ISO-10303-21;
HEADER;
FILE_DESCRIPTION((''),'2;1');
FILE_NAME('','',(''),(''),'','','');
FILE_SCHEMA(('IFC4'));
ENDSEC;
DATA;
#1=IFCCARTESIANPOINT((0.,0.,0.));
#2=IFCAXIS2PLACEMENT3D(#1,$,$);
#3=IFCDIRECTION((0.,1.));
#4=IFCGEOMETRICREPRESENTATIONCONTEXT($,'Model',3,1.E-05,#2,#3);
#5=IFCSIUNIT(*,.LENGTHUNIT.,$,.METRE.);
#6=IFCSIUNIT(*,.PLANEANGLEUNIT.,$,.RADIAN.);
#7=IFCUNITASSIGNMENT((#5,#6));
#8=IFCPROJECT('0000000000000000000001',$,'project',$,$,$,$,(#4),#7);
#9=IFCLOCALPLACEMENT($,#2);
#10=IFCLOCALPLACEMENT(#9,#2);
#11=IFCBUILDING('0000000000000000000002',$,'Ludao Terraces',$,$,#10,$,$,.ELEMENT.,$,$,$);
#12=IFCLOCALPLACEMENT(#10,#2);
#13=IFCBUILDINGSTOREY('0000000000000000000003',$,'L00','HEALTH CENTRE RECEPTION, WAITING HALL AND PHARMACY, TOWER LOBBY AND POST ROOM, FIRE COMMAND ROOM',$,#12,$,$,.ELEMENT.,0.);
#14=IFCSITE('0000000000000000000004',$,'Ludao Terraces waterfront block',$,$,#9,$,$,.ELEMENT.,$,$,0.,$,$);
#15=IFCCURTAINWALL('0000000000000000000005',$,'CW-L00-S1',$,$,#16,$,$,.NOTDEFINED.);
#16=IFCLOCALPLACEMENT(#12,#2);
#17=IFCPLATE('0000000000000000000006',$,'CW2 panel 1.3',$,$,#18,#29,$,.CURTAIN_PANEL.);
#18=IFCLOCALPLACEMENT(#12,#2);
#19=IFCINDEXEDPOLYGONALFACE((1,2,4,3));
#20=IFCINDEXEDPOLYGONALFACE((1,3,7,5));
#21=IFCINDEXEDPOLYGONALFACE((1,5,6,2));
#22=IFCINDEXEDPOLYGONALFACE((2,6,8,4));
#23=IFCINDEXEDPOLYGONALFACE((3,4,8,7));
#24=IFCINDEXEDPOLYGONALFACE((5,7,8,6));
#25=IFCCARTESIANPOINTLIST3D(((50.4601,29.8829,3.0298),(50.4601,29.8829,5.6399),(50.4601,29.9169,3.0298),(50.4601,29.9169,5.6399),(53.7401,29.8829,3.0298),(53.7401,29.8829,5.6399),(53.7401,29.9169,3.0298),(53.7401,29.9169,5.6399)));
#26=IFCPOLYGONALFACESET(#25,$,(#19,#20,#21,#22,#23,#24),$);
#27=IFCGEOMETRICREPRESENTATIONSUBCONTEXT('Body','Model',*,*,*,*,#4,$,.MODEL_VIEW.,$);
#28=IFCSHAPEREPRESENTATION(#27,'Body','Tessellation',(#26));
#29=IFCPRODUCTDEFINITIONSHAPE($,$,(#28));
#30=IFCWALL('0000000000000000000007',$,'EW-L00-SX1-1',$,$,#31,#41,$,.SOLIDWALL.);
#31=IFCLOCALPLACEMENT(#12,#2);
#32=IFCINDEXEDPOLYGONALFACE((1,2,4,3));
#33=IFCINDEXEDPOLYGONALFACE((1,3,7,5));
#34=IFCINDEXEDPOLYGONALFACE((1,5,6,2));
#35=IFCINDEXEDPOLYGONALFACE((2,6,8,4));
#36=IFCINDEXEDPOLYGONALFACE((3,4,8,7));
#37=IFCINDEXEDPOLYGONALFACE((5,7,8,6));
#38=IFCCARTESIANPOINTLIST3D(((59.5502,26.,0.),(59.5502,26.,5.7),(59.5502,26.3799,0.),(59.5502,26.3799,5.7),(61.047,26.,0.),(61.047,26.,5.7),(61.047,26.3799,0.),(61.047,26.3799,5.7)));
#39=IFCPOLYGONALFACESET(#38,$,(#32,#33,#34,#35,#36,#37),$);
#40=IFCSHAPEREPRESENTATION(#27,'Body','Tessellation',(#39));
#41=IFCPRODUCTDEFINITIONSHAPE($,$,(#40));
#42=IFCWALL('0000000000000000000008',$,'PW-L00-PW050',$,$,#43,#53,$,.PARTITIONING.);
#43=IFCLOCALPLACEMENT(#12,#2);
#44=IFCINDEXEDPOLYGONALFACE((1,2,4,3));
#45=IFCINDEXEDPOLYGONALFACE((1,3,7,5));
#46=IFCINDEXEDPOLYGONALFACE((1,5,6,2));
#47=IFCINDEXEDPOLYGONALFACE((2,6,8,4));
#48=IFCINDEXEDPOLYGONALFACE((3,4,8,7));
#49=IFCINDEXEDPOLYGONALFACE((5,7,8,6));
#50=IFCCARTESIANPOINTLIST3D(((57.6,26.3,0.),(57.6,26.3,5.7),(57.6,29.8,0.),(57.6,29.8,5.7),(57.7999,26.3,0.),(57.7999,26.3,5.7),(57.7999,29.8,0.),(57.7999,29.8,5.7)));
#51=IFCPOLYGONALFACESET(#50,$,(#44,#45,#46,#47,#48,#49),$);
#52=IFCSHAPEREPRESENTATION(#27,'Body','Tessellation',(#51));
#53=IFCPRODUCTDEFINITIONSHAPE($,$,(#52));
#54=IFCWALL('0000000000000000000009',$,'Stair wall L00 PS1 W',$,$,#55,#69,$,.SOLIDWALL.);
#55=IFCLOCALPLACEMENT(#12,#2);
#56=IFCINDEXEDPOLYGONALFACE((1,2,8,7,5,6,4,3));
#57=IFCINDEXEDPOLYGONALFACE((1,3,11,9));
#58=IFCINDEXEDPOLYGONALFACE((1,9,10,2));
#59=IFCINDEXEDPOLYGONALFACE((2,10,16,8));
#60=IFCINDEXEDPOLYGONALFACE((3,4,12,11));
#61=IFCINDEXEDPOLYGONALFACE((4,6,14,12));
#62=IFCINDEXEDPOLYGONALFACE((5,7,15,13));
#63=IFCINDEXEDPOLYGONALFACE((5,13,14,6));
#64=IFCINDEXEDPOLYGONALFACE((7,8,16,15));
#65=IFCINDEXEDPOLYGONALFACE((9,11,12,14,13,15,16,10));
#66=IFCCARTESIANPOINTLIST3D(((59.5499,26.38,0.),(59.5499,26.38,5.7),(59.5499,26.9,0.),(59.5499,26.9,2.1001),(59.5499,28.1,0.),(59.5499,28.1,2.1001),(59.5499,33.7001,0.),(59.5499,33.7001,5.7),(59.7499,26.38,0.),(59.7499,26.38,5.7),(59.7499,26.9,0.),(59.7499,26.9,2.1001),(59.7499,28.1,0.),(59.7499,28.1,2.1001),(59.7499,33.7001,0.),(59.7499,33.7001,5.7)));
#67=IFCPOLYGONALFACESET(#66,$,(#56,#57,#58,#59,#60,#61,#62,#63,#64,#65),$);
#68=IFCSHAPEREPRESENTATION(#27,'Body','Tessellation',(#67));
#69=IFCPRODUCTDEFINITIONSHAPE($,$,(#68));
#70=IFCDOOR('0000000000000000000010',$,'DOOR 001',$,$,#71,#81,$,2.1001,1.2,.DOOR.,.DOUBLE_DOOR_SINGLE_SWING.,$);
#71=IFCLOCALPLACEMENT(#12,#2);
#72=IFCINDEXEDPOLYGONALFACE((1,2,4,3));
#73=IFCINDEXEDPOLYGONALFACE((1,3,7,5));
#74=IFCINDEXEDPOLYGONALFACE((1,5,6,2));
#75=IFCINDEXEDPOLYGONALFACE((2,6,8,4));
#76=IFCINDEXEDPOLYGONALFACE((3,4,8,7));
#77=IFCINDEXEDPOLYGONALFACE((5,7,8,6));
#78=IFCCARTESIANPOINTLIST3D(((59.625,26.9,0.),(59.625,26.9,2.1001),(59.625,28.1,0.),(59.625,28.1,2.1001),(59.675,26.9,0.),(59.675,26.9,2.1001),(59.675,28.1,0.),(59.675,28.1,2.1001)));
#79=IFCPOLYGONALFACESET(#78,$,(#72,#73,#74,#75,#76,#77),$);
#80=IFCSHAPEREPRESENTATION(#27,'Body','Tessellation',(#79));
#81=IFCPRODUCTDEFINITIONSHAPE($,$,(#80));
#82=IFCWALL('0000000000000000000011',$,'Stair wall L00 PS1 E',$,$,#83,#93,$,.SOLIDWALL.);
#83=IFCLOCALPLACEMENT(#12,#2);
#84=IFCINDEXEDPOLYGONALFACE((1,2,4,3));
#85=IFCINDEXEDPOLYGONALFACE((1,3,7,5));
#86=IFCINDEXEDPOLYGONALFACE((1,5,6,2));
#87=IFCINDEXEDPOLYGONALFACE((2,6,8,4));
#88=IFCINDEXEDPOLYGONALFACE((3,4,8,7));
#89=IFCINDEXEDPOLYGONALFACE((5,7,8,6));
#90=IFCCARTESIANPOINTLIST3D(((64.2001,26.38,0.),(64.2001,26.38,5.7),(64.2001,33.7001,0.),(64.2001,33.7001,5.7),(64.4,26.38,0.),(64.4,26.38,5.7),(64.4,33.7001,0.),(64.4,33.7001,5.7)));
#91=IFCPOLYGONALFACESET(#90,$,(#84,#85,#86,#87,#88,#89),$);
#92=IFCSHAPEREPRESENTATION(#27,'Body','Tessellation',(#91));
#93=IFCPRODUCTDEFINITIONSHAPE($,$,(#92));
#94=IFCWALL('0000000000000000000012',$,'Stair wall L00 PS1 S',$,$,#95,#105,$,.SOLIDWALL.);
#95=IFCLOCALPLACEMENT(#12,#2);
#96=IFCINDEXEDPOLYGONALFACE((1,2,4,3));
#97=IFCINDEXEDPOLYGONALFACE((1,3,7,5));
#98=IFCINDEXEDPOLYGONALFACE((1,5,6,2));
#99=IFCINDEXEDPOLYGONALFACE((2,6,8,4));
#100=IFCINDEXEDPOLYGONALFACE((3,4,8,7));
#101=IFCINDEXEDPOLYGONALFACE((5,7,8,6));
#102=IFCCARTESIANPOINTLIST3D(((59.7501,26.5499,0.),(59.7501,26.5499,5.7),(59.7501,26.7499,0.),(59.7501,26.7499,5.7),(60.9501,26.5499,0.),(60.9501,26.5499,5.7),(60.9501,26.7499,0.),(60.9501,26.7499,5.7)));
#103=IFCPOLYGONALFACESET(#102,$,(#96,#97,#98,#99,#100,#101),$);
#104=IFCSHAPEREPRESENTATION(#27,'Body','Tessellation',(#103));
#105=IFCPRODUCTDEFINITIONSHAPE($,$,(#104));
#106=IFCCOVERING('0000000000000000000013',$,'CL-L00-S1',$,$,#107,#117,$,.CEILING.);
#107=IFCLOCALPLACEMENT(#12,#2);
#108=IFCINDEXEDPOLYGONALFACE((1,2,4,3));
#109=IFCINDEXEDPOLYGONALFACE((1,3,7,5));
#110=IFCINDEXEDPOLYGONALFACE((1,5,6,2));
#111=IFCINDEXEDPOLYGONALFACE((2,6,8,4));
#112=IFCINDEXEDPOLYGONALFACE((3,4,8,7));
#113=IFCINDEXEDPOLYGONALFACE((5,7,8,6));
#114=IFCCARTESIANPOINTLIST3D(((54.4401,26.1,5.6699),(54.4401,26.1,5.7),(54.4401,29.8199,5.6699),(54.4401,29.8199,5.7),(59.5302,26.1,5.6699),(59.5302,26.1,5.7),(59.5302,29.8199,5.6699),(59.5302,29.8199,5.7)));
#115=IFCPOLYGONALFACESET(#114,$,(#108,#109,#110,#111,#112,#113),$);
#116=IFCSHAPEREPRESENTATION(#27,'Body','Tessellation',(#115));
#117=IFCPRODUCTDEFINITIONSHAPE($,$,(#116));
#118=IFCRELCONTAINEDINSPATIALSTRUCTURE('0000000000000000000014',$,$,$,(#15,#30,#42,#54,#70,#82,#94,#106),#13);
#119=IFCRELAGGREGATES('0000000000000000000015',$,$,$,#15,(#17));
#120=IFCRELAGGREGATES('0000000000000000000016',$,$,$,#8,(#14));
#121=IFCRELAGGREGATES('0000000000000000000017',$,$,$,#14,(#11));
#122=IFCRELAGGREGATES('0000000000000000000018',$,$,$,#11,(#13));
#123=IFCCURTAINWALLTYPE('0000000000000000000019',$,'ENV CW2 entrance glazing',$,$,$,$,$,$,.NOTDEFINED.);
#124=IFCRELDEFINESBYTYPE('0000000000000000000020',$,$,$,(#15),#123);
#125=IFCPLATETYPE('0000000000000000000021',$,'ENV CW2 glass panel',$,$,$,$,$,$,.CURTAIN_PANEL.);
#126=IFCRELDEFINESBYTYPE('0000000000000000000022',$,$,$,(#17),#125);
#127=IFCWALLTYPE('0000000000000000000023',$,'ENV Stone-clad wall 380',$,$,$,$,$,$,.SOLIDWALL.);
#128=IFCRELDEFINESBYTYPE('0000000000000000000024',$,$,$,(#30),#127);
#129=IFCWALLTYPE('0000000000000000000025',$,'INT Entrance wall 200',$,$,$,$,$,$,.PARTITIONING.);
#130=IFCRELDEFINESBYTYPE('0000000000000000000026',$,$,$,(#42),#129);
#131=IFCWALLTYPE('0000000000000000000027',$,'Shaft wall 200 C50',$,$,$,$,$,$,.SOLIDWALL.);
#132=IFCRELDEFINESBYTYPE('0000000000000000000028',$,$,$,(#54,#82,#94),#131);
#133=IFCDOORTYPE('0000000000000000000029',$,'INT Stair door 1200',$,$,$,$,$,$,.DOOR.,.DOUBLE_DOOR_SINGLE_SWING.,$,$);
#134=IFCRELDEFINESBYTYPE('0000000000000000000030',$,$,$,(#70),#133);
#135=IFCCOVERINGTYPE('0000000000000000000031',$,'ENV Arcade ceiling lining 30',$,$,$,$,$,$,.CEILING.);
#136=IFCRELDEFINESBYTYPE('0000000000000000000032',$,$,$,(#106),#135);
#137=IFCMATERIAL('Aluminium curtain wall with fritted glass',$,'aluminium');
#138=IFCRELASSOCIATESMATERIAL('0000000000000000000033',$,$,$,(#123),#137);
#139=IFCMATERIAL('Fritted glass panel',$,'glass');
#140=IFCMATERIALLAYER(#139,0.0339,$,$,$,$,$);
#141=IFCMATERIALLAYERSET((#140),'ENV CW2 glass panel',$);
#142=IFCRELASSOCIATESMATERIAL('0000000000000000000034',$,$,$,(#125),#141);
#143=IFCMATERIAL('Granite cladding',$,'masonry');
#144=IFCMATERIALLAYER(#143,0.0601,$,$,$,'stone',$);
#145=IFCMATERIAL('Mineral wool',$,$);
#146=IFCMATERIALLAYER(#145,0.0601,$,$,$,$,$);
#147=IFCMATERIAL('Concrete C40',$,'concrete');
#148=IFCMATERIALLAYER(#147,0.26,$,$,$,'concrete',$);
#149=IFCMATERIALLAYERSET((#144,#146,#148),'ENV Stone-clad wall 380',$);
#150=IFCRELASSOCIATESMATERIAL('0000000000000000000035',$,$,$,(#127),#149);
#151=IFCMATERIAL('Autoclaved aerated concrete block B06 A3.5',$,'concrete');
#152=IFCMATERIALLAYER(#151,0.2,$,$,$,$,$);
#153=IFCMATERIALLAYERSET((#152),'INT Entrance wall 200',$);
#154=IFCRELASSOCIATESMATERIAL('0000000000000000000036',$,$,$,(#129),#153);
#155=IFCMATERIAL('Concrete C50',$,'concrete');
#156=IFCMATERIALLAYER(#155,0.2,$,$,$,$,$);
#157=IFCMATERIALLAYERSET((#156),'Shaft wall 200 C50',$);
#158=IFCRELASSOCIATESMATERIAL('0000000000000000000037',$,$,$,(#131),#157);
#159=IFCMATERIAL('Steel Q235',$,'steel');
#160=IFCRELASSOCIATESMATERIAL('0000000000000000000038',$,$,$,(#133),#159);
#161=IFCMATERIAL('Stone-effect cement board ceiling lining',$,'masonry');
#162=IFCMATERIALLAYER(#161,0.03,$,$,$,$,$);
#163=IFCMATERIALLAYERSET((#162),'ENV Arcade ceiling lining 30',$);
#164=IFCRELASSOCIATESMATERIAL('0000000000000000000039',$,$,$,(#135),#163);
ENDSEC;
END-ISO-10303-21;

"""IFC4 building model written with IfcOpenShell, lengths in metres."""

from ifc_helpers import new_model, si_unit, direction, frame, frame_2d, origin, origin_2d, place, context, subcontext, project, spatial, rectangle, extrude, material, layer, layer_set, type_object, element, fill, aggregate, save


model = new_model("IFC4")

# Units and contexts
model_context = context("Model", 3, precision=1e-05, world=origin(), true_north=direction((0.0, 1.0)))
body_context = subcontext(model_context, "Body", "Model", "MODEL_VIEW")
ifc_project = project(units=[si_unit("LENGTHUNIT", "METRE"), si_unit("PLANEANGLEUNIT", "RADIAN")], contexts=[model_context])

# Site, building, storey
site_placement = place(None, origin())
site = spatial("IfcSite", under=ifc_project, at=site_placement, Name="Ludao Terraces waterfront block", CompositionType="ELEMENT", RefElevation=0.0)
building_placement = place(site_placement, origin())
building = spatial("IfcBuilding", under=site, at=building_placement, Name="Ludao Terraces", CompositionType="ELEMENT")
storey_placement = place(building_placement, origin())
storey = spatial("IfcBuildingStorey", under=building, at=storey_placement, Name="L00", Description="HEALTH CENTRE RECEPTION, WAITING HALL AND PHARMACY, TOWER LOBBY AND POST ROOM, FIRE COMMAND ROOM", CompositionType="ELEMENT", Elevation=0.0)

# Curtain wall
ifc_material_1 = material(Name="Aluminium curtain wall with fritted glass", Category="aluminium")
curtain_wall_type = type_object("IfcCurtainWallType", Name="ENV CW2 entrance glazing", PredefinedType="NOTDEFINED", material=ifc_material_1)
curtain_wall_1_placement = place(storey_placement, origin())
curtain_wall_1 = element("IfcCurtainWall", 1, at=curtain_wall_1_placement, inside=storey, type_object=curtain_wall_type, Name="CW-L00-S1", PredefinedType="NOTDEFINED")

# Plate
ifc_material_2 = material(Name="Fritted glass panel", Category="glass")
ifc_layer_1 = layer(ifc_material_2, 0.0339)
ifc_layer_set_1 = layer_set([ifc_layer_1], Name="ENV CW2 glass panel")
plate_type = type_object("IfcPlateType", Name="ENV CW2 glass panel", PredefinedType="CURTAIN_PANEL", material=ifc_layer_set_1)
plate_1_placement = place(storey_placement, frame((52.1001, 29.8999, 3.0298), z_axis=(0.0, 0.0, 1.0), x_axis=(1.0, 0.0, 0.0)))
plate_1 = element("IfcPlate", 2, at=plate_1_placement, type_object=plate_type, Name="CW2 panel 1.3", PredefinedType="CURTAIN_PANEL", context=body_context, shape_type="SweptSolid", body=[
    extrude(rectangle(XDim=3.28, YDim=0.0339, at=origin_2d()), origin(), (0.0, 0.0, 1.0), 2.6101),
])
aggregate(curtain_wall_1, [plate_1])

# Wall
ifc_material_3 = material(Name="Granite cladding", Category="masonry")
ifc_layer_2 = layer(ifc_material_3, 0.0601, Category="stone")
ifc_material_4 = material(Name="Mineral wool")
ifc_layer_3 = layer(ifc_material_4, 0.0601)
ifc_material_5 = material(Name="Concrete C40", Category="concrete")
ifc_layer_4 = layer(ifc_material_5, 0.26, Category="concrete")
ifc_layer_set_2 = layer_set([ifc_layer_2, ifc_layer_3, ifc_layer_4], Name="ENV Stone-clad wall 380")
wall_type_1 = type_object("IfcWallType", Name="ENV Stone-clad wall 380", PredefinedType="SOLIDWALL", material=ifc_layer_set_2)
wall_1_placement = place(storey_placement, frame((59.55, 26.1899, 0.0), z_axis=(0.0, 0.0, 1.0), x_axis=(1.0, 0.0, 0.0)))
element("IfcWall", 3, at=wall_1_placement, inside=storey, type_object=wall_type_1, Name="EW-L00-SX1-1", PredefinedType="SOLIDWALL", context=body_context, shape_type="SweptSolid", body=[
    extrude(rectangle(XDim=1.4968, YDim=0.3799, at=frame_2d((0.7485, 0.0))), origin(), (0.0, 0.0, 1.0), 5.7),
])

# Shared definitions
ifc_material_6 = material(Name="Steel Q235", Category="steel")

# Wall
ifc_material_7 = material(Name="Autoclaved aerated concrete block B06 A3.5", Category="concrete")
ifc_layer_5 = layer(ifc_material_7, 0.2)
ifc_layer_set_3 = layer_set([ifc_layer_5], Name="INT Entrance wall 200")
wall_type_2 = type_object("IfcWallType", Name="INT Entrance wall 200", PredefinedType="PARTITIONING", material=ifc_layer_set_3)
wall_2_placement = place(storey_placement, frame((57.7, 26.3, 0.0), z_axis=(0.0, 0.0, 1.0), x_axis=(0.0, 1.0, 0.0)))
element("IfcWall", 4, at=wall_2_placement, inside=storey, type_object=wall_type_2, Name="PW-L00-PW050", PredefinedType="PARTITIONING", context=body_context, shape_type="SweptSolid", body=[
    extrude(rectangle(XDim=3.5, YDim=0.2, at=frame_2d((1.75, 0.0))), origin(), (0.0, 0.0, 1.0), 5.7),
])

# Wall, opening, door
ifc_material_8 = material(Name="Concrete C50", Category="concrete")
ifc_layer_6 = layer(ifc_material_8, 0.2)
ifc_layer_set_4 = layer_set([ifc_layer_6], Name="Shaft wall 200 C50")
wall_type_3 = type_object("IfcWallType", Name="Shaft wall 200 C50", PredefinedType="SOLIDWALL", material=ifc_layer_set_4)
wall_3_placement = place(storey_placement, frame((59.6499, 26.3799, 0.0), z_axis=(0.0, 0.0, 1.0), x_axis=(0.0, 1.0, 0.0)))
wall_3 = element("IfcWall", 5, at=wall_3_placement, inside=storey, type_object=wall_type_3, Name="Stair wall L00 PS1 W", PredefinedType="SOLIDWALL", context=body_context, shape_type="SweptSolid", body=[
    extrude(rectangle(XDim=7.3201, YDim=0.2, at=frame_2d((3.6602, 0.0))), origin(), (0.0, 0.0, 1.0), 5.7),
])
opening_1_placement = place(wall_3_placement, frame((0.52, 0.0, 0.0)))
opening_1 = element("IfcOpeningElement", 6, at=opening_1_placement, cuts=wall_3, PredefinedType="OPENING", context=body_context, shape_type="SweptSolid", body=[
    extrude(rectangle(XDim=1.2, YDim=2.1001, at=frame_2d((0.6001, 1.05))), frame((0.0, 0.1099, 0.0), z_axis=(0.0, -1.0, 0.0), x_axis=(1.0, 0.0, 0.0)), (0.0, 0.0, 1.0), 0.22),
])
door_type_1 = type_object("IfcDoorType", Name="INT Stair door 1200", OperationType="DOUBLE_DOOR_SINGLE_SWING", PredefinedType="DOOR", material=ifc_material_6)
door_1_placement = place(opening_1_placement, origin())
door_1 = element("IfcDoor", 7, at=door_1_placement, inside=storey, type_object=door_type_1, Name="DOOR 001", OperationType="DOUBLE_DOOR_SINGLE_SWING", OverallHeight=2.1001, OverallWidth=1.2, PredefinedType="DOOR", context=body_context, shape_type="SweptSolid", body=[
    extrude(rectangle(XDim=1.2, YDim=2.1001, at=frame_2d((0.6001, 1.05))), frame((0.0, 0.0249, 0.0), z_axis=(0.0, -1.0, 0.0), x_axis=(1.0, 0.0, 0.0)), (0.0, 0.0, 1.0), 0.05),
])
fill(opening_1, door_1)

# Walls
wall_4_placement = place(storey_placement, frame((64.3, 26.3799, 0.0), z_axis=(0.0, 0.0, 1.0), x_axis=(0.0, 1.0, 0.0)))
element("IfcWall", 8, at=wall_4_placement, inside=storey, type_object=wall_type_3, Name="Stair wall L00 PS1 E", PredefinedType="SOLIDWALL", context=body_context, shape_type="SweptSolid", body=[
    extrude(rectangle(XDim=7.3201, YDim=0.2, at=frame_2d((3.6602, 0.0))), origin(), (0.0, 0.0, 1.0), 5.7),
])
wall_5_placement = place(storey_placement, frame((59.75, 26.6499, 0.0), z_axis=(0.0, 0.0, 1.0), x_axis=(1.0, 0.0, 0.0)))
element("IfcWall", 9, at=wall_5_placement, inside=storey, type_object=wall_type_3, Name="Stair wall L00 PS1 S", PredefinedType="SOLIDWALL", context=body_context, shape_type="SweptSolid", body=[
    extrude(rectangle(XDim=1.2, YDim=0.2, at=frame_2d((0.6001, 0.0))), origin(), (0.0, 0.0, 1.0), 5.7),
])

# Covering
ifc_material_9 = material(Name="Stone-effect cement board ceiling lining", Category="masonry")
ifc_layer_7 = layer(ifc_material_9, 0.03)
ifc_layer_set_5 = layer_set([ifc_layer_7], Name="ENV Arcade ceiling lining 30")
covering_type = type_object("IfcCoveringType", Name="ENV Arcade ceiling lining 30", PredefinedType="CEILING", material=ifc_layer_set_5)
covering_placement = place(storey_placement, frame((56.9851, 27.96, 5.6699), z_axis=(0.0, 0.0, 1.0), x_axis=(1.0, 0.0, 0.0)))
element("IfcCovering", 10, at=covering_placement, inside=storey, type_object=covering_type, Name="CL-L00-S1", PredefinedType="CEILING", context=body_context, shape_type="SweptSolid", body=[
    extrude(rectangle(XDim=5.0901, YDim=3.72, at=origin_2d()), origin(), (0.0, 0.0, 1.0), 0.03),
])

save(model, "model.ifc")
